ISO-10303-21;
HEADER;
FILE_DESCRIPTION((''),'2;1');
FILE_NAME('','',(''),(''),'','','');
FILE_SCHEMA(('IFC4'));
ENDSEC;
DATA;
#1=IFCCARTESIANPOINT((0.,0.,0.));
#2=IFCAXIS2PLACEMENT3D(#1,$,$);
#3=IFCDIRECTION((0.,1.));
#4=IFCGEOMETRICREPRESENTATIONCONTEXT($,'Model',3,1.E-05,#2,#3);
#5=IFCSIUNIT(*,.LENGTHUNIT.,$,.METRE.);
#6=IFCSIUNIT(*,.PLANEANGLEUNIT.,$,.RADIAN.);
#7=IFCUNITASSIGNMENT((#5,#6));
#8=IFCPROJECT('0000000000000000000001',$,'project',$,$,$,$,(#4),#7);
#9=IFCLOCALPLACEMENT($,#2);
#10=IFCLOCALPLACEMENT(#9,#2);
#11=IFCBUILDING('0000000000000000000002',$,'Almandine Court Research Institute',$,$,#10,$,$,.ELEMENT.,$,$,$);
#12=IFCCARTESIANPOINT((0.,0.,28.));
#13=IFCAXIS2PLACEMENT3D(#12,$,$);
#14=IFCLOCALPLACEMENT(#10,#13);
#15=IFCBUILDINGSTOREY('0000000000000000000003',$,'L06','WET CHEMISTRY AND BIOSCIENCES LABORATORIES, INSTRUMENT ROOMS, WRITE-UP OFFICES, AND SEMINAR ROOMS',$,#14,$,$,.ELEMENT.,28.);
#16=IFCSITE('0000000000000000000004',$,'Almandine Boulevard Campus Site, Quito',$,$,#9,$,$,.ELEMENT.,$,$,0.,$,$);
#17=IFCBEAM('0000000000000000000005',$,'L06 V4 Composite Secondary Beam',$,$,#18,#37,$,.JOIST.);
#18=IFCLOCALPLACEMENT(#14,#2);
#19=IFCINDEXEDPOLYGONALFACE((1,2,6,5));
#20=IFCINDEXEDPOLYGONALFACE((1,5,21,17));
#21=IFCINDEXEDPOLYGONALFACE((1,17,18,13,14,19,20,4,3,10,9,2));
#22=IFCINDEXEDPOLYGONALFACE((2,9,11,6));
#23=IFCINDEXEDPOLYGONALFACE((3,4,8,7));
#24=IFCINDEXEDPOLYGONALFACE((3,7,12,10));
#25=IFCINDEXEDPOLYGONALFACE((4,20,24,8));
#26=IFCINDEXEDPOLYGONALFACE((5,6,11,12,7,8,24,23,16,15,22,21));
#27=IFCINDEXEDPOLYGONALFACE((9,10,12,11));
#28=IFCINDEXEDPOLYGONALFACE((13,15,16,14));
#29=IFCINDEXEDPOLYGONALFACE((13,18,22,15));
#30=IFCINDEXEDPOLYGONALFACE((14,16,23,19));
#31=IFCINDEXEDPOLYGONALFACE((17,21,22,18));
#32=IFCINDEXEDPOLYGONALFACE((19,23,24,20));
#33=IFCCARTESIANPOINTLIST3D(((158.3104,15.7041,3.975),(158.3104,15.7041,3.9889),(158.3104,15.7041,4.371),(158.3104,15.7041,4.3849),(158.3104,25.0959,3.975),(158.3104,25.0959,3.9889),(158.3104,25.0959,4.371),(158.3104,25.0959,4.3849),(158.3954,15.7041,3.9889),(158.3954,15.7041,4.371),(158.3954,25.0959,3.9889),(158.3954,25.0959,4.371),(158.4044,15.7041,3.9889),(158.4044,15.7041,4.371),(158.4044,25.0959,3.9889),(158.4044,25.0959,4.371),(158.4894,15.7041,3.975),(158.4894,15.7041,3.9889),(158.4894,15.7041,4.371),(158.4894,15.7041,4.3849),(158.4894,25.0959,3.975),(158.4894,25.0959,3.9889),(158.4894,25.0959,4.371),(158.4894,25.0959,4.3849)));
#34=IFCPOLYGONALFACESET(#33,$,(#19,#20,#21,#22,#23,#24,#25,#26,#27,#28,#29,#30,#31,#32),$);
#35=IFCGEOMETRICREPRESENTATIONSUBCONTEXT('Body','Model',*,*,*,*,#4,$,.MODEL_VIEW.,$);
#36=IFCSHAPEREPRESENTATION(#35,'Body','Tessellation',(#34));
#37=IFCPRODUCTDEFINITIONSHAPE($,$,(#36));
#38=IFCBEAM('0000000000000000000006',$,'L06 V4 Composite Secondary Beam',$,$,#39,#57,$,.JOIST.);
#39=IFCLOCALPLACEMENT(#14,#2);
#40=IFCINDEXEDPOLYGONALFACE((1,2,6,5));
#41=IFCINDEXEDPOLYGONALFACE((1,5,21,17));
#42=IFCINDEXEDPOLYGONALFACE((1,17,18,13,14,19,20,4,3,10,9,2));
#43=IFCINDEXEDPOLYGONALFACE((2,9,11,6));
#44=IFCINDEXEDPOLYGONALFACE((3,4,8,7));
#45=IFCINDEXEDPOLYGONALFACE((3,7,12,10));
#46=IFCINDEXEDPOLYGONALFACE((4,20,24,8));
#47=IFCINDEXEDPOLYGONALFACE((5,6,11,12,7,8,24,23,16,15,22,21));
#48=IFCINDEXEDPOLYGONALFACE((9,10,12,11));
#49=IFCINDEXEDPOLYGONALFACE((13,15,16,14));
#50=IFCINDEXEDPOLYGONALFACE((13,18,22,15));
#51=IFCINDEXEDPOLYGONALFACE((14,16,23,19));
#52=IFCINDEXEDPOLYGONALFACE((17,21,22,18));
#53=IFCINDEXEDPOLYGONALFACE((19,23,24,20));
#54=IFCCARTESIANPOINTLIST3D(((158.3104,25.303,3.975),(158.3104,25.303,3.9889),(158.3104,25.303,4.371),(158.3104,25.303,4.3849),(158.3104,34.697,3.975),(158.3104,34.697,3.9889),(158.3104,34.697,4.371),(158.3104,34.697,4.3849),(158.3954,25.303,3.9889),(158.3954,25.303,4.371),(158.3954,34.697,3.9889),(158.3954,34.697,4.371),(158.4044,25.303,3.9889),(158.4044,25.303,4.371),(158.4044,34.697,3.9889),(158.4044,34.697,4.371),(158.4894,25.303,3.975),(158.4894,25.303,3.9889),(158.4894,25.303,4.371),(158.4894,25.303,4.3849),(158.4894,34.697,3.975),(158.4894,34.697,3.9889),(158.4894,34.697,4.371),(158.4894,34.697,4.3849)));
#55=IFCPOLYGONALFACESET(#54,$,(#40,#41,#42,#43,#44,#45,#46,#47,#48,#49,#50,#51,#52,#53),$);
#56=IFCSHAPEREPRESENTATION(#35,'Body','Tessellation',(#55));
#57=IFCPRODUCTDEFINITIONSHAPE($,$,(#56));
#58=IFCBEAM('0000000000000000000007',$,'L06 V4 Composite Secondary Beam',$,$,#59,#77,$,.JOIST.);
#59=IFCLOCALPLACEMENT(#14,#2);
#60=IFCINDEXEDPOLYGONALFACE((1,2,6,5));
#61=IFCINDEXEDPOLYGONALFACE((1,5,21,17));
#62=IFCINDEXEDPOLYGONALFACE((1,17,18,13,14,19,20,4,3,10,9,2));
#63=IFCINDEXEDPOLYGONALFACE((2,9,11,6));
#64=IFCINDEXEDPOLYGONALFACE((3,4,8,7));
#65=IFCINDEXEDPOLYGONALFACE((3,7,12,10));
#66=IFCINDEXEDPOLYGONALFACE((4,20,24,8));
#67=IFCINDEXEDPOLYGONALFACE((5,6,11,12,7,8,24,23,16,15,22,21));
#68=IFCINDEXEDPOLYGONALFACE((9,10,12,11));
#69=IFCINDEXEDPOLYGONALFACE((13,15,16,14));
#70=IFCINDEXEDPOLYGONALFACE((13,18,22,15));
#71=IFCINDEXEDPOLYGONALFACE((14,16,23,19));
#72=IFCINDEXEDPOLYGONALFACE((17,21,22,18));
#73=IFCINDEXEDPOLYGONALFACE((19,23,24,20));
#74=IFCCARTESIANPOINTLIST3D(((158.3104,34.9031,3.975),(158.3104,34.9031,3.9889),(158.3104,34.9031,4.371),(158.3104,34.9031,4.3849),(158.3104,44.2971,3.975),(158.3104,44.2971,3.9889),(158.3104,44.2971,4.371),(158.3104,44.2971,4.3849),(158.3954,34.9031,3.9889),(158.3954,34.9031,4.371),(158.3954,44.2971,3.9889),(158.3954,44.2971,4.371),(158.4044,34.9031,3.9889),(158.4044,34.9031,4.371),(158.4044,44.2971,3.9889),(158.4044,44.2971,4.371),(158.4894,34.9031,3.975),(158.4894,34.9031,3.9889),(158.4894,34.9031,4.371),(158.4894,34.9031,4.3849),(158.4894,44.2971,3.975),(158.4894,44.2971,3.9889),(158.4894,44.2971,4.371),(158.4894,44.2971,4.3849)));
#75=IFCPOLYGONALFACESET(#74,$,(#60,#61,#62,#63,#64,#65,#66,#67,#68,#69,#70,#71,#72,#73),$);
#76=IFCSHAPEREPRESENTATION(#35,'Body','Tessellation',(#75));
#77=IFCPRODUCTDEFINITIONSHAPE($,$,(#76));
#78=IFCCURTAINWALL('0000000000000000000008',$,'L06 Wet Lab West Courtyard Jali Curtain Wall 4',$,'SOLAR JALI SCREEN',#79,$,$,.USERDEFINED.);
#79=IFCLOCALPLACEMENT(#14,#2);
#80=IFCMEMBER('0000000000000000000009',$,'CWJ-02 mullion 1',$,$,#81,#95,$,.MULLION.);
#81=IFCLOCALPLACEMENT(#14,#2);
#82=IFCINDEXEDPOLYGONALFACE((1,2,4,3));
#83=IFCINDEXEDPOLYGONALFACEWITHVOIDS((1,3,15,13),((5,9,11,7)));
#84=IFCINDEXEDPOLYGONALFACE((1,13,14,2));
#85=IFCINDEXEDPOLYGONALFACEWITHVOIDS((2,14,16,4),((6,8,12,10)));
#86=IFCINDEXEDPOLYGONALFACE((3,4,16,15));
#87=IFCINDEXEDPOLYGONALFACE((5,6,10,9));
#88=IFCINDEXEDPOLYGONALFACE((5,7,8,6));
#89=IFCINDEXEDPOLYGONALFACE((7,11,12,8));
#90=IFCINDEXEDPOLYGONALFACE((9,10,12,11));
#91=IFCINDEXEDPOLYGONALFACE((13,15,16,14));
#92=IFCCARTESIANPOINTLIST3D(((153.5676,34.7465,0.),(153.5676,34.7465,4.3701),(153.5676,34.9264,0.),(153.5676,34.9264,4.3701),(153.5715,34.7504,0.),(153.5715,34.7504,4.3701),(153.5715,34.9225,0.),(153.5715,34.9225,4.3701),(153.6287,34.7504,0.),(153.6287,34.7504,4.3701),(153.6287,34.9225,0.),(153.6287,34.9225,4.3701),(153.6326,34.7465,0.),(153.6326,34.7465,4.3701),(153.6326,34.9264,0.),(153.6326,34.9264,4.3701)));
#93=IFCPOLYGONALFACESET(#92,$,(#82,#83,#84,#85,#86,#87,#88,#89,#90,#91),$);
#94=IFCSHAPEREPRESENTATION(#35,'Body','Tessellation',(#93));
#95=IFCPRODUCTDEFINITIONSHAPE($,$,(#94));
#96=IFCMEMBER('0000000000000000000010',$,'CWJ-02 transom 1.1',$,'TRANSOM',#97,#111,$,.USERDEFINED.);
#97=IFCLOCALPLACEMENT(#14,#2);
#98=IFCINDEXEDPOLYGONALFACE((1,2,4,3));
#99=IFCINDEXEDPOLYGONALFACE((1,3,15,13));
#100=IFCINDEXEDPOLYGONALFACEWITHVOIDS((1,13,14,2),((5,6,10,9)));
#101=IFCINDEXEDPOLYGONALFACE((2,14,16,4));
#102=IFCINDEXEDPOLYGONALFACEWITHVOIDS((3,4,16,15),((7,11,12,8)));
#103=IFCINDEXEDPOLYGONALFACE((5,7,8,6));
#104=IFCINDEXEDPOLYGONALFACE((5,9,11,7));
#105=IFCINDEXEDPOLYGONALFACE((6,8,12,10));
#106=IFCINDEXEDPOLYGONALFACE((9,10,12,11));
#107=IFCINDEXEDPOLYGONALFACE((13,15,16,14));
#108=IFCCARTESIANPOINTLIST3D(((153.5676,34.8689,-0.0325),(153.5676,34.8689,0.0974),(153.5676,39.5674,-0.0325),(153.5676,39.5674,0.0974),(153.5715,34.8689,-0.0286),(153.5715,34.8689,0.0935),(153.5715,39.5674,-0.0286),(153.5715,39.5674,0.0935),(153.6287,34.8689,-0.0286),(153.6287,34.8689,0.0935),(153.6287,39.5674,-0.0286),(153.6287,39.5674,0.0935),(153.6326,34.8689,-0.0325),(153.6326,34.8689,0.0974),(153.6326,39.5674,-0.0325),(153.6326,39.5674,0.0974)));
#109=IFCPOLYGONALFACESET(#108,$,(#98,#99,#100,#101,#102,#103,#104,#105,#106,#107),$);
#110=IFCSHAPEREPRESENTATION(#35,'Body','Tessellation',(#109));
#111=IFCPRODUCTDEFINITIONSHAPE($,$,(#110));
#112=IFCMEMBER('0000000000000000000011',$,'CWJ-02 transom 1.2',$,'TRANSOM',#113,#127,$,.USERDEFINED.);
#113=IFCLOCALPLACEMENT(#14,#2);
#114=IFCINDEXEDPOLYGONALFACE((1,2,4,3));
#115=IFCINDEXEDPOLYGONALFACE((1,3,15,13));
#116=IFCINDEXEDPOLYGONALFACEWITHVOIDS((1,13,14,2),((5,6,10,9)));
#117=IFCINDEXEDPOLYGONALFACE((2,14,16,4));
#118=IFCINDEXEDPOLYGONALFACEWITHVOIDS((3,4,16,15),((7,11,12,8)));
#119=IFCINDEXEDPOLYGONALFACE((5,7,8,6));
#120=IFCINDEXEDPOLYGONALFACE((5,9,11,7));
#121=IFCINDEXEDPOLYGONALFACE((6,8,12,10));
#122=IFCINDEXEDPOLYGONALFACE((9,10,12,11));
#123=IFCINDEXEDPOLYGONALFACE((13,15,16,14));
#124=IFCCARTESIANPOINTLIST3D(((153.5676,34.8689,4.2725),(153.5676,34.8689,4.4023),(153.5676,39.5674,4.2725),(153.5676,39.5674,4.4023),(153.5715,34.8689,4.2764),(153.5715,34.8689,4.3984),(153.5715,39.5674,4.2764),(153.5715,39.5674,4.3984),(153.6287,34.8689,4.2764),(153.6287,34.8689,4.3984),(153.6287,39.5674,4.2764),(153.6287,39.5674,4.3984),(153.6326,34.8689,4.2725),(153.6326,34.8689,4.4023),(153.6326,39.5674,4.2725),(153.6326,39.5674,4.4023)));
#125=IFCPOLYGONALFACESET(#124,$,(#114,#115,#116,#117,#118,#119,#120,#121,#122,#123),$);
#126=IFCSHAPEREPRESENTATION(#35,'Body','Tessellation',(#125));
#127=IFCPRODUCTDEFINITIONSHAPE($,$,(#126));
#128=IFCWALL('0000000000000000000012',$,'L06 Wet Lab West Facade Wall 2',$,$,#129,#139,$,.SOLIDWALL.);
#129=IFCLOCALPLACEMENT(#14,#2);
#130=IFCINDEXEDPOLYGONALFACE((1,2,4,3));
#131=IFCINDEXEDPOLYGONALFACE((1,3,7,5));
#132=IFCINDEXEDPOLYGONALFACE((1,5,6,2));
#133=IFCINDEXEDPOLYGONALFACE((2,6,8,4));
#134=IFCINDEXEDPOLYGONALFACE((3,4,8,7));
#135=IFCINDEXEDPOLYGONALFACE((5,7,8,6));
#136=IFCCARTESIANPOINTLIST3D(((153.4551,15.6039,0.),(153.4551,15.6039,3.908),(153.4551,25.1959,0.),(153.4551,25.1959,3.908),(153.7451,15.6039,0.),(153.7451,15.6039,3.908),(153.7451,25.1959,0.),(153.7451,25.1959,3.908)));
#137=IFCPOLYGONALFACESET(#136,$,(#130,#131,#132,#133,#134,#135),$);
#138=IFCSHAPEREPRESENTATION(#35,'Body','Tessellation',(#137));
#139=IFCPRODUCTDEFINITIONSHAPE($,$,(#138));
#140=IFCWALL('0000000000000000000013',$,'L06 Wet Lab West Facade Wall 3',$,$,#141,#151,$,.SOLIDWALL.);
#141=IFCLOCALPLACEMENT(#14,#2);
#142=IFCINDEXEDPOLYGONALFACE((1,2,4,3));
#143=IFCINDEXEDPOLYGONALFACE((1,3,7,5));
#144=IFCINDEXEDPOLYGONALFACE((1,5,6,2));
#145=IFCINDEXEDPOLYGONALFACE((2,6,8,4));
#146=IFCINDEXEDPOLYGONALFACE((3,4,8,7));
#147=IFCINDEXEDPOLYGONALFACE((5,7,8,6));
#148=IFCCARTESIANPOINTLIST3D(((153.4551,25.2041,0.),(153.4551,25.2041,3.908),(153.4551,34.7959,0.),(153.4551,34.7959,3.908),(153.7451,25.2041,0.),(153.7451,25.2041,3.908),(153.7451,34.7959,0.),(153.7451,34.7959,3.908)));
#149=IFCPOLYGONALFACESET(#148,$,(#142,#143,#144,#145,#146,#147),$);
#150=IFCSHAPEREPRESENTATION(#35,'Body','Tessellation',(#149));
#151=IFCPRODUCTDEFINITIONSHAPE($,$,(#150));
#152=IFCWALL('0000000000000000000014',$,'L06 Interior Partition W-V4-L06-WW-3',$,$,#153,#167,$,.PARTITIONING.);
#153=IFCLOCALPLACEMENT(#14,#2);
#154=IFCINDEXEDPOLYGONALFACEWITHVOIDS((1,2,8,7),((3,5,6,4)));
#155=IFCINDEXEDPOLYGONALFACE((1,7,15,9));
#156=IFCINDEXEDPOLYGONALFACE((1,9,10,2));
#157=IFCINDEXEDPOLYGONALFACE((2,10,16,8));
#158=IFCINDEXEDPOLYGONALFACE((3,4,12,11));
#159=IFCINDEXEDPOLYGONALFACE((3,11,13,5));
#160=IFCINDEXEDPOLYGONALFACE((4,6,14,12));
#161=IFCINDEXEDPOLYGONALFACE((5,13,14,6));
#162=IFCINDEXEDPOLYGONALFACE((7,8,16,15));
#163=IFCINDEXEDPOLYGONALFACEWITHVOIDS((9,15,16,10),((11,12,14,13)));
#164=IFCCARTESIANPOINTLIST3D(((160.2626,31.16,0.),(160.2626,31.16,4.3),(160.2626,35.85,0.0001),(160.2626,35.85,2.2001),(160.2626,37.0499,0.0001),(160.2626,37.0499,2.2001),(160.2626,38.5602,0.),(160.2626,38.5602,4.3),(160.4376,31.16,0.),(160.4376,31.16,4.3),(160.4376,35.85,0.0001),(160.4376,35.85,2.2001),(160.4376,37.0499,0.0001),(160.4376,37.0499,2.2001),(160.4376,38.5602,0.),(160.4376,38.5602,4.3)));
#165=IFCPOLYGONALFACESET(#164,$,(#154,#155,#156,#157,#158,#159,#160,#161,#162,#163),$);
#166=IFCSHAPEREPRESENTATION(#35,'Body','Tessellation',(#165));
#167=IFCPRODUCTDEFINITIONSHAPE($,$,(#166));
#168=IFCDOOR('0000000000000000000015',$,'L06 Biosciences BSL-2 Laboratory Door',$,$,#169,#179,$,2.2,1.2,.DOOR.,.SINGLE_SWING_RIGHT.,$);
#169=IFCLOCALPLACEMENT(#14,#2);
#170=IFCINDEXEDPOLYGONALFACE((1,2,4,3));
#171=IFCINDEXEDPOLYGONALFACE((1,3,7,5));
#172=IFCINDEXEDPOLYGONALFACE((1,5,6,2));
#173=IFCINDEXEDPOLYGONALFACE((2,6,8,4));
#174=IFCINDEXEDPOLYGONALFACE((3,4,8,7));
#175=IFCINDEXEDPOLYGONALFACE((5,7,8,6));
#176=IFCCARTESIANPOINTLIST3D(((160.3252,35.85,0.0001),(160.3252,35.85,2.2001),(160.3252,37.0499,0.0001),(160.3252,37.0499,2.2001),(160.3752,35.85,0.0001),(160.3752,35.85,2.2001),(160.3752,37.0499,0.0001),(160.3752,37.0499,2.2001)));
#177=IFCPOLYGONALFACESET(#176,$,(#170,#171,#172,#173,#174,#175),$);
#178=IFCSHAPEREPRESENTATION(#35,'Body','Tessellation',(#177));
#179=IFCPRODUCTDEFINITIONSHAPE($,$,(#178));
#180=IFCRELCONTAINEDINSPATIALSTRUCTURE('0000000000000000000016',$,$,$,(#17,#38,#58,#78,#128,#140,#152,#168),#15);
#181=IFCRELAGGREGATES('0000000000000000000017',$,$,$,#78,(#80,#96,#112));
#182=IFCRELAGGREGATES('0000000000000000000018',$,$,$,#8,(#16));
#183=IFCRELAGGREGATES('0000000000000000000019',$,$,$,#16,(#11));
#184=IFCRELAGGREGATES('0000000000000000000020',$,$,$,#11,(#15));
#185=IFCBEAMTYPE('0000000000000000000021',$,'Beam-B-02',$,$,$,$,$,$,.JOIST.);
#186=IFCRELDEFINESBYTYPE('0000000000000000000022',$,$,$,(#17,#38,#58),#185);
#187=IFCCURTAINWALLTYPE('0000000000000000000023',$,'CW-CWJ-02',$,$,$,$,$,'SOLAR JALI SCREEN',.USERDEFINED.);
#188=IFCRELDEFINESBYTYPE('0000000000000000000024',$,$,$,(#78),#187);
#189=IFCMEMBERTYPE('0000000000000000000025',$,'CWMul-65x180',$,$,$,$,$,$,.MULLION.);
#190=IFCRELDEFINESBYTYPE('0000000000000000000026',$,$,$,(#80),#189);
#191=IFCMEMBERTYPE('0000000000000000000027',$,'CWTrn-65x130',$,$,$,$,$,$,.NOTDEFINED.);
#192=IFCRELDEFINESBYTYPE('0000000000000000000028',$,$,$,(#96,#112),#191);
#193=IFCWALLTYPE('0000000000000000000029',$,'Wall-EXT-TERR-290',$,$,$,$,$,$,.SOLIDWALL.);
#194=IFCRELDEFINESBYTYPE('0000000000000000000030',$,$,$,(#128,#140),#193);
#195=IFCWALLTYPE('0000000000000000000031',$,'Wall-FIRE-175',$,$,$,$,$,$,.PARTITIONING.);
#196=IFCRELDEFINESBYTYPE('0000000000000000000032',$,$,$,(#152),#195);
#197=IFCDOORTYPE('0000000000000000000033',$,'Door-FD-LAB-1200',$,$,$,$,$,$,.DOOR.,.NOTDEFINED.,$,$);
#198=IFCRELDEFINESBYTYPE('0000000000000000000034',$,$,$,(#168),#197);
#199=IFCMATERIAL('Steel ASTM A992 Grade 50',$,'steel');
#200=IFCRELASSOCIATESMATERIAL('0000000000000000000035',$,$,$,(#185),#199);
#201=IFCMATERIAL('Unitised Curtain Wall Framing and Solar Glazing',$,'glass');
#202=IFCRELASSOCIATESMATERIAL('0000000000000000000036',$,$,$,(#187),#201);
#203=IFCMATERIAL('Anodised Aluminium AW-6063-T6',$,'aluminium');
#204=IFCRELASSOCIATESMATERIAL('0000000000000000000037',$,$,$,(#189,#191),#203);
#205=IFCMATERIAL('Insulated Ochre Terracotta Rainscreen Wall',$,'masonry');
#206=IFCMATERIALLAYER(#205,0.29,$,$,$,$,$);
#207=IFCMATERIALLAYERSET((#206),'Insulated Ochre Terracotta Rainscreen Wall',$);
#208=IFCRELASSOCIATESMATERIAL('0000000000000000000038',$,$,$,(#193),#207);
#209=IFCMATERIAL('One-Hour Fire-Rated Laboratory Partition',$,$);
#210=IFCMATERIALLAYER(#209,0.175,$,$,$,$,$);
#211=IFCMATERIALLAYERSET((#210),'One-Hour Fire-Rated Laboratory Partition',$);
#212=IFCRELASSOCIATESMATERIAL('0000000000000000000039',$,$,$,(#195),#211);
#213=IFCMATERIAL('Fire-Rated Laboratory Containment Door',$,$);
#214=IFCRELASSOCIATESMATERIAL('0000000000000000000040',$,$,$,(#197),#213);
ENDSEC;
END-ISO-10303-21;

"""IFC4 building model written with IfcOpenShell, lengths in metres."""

from ifc_helpers import new_model, si_unit, direction, frame, frame_2d, origin, origin_2d, place, context, subcontext, project, spatial, rectangle, hollow_rectangle, i_section, extrude, material, layer, layer_set, material_profile, profile_set, type_object, element, fill, aggregate, save


model = new_model("IFC4")

# Units and contexts
model_context = context("Model", 3, precision=1e-05, world=origin(), true_north=direction((0.0, 1.0)))
body_context = subcontext(model_context, "Body", "Model", "MODEL_VIEW")
ifc_project = project(units=[si_unit("LENGTHUNIT", "METRE"), si_unit("PLANEANGLEUNIT", "RADIAN")], contexts=[model_context])

# Site, building, storey
site_placement = place(None, origin())
site = spatial("IfcSite", under=ifc_project, at=site_placement, Name="Almandine Boulevard Campus Site, Quito", CompositionType="ELEMENT", RefElevation=0.0)
building_placement = place(site_placement, origin())
building = spatial("IfcBuilding", under=site, at=building_placement, Name="Almandine Court Research Institute", CompositionType="ELEMENT")
storey_placement = place(building_placement, frame((0.0, 0.0, 28.0)))
storey = spatial("IfcBuildingStorey", under=building, at=storey_placement, Name="L06", Description="WET CHEMISTRY AND BIOSCIENCES LABORATORIES, INSTRUMENT ROOMS, WRITE-UP OFFICES, AND SEMINAR ROOMS", CompositionType="ELEMENT", Elevation=28.0)

# Beams
ifc_material_1 = material(Name="Steel ASTM A992 Grade 50", Category="steel")
ifc_material_profile_1 = material_profile(ifc_material_1, i_section(OverallWidth=0.179, OverallDepth=0.4099, WebThickness=0.009, FlangeThickness=0.0139, at=origin_2d()), Name="W410x67")
ifc_profile_set_1 = profile_set([ifc_material_profile_1], Name="Steel ASTM A992 Grade 50")
beam_type = type_object("IfcBeamType", Name="Beam-B-02", PredefinedType="JOIST", material=ifc_profile_set_1)
beam_placement = place(storey_placement, frame((158.3999, 15.7041, 4.1799), z_axis=(0.0, 1.0, 0.0), x_axis=(-1.0, 0.0, 0.0)))
element("IfcBeam", 1, at=beam_placement, inside=storey, type_object=beam_type, Name="L06 V4 Composite Secondary Beam", PredefinedType="JOIST", context=body_context, shape_type="SweptSolid", body=[
    extrude(i_section(OverallWidth=0.179, OverallDepth=0.4099, WebThickness=0.009, FlangeThickness=0.0139, at=origin_2d()), origin(), (0.0, 0.0, 1.0), 9.3918),
])
for number, where, z_axis, x_axis, name in (
    (2, (158.3999, 25.303, 4.1799), (0.0, 1.0, 0.0), (-1.0, 0.0, 0.0), "L06 V4 Composite Secondary Beam"),
    (3, (158.3999, 34.9031, 4.1799), (0.0, 1.0, 0.0), (-1.0, 0.0, 0.0), "L06 V4 Composite Secondary Beam"),
):
    element("IfcBeam", number, at=place(storey_placement, frame(where, z_axis=z_axis, x_axis=x_axis)), inside=storey, type_object=beam_type, Name=name, PredefinedType="JOIST", context=body_context, shape_type="SweptSolid", body=[
        extrude(i_section(OverallWidth=0.179, OverallDepth=0.4099, WebThickness=0.009, FlangeThickness=0.0139, at=origin_2d()), origin(), (0.0, 0.0, 1.0), 9.394),
    ])

# Curtain wall, members
ifc_material_2 = material(Name="Unitised Curtain Wall Framing and Solar Glazing", Category="glass")
curtain_wall_type = type_object("IfcCurtainWallType", Name="CW-CWJ-02", ElementType="SOLAR JALI SCREEN", PredefinedType="USERDEFINED", material=ifc_material_2)
curtain_wall_placement = place(storey_placement, origin())
curtain_wall = element("IfcCurtainWall", 4, at=curtain_wall_placement, inside=storey, type_object=curtain_wall_type, Name="L06 Wet Lab West Courtyard Jali Curtain Wall 4", ObjectType="SOLAR JALI SCREEN", PredefinedType="USERDEFINED")
ifc_material_3 = material(Name="Anodised Aluminium AW-6063-T6", Category="aluminium")
ifc_material_profile_2 = material_profile(ifc_material_3, hollow_rectangle(XDim=0.0649, YDim=0.1799, WallThickness=0.0039, at=origin_2d()), Name="ALU RHS 65x180x4")
ifc_profile_set_2 = profile_set([ifc_material_profile_2], Name="Anodised Aluminium AW-6063-T6")
member_type_1 = type_object("IfcMemberType", Name="CWMul-65x180", PredefinedType="MULLION", material=ifc_profile_set_2)
member_1_placement = place(storey_placement, frame((153.6001, 34.8364, 0.0), z_axis=(0.0, 0.0, 1.0), x_axis=(-1.0, 0.0, 0.0)))
member_1 = element("IfcMember", 5, at=member_1_placement, type_object=member_type_1, Name="CWJ-02 mullion 1", PredefinedType="MULLION", context=body_context, shape_type="SweptSolid", body=[
    extrude(hollow_rectangle(XDim=0.0649, YDim=0.1799, WallThickness=0.0039, at=origin_2d()), origin(), (0.0, 0.0, 1.0), 4.3701),
])
ifc_material_profile_3 = material_profile(ifc_material_3, hollow_rectangle(XDim=0.0649, YDim=0.1299, WallThickness=0.0039, at=origin_2d()), Name="ALU RHS 65x130x4")
ifc_profile_set_3 = profile_set([ifc_material_profile_3], Name="Anodised Aluminium AW-6063-T6")
member_type_2 = type_object("IfcMemberType", Name="CWTrn-65x130", PredefinedType="NOTDEFINED", material=ifc_profile_set_3)
member_2_placement = place(storey_placement, frame((153.6001, 34.8689, 0.0325), z_axis=(0.0, 1.0, 0.0), x_axis=(-1.0, 0.0, 0.0)))
member_2 = element("IfcMember", 6, at=member_2_placement, type_object=member_type_2, Name="CWJ-02 transom 1.1", ObjectType="TRANSOM", PredefinedType="USERDEFINED", context=body_context, shape_type="SweptSolid", body=[
    extrude(hollow_rectangle(XDim=0.0649, YDim=0.1299, WallThickness=0.0039, at=origin_2d()), origin(), (0.0, 0.0, 1.0), 4.6985),
])
member_3_placement = place(storey_placement, frame((153.6001, 34.8689, 4.3374), z_axis=(0.0, 1.0, 0.0), x_axis=(-1.0, 0.0, 0.0)))
member_3 = element("IfcMember", 7, at=member_3_placement, type_object=member_type_2, Name="CWJ-02 transom 1.2", ObjectType="TRANSOM", PredefinedType="USERDEFINED", context=body_context, shape_type="SweptSolid", body=[
    extrude(hollow_rectangle(XDim=0.0649, YDim=0.1299, WallThickness=0.0039, at=origin_2d()), origin(), (0.0, 0.0, 1.0), 4.6985),
])
aggregate(curtain_wall, [member_1, member_2, member_3])

# Walls
ifc_material_4 = material(Name="Insulated Ochre Terracotta Rainscreen Wall", Category="masonry")
ifc_layer_1 = layer(ifc_material_4, 0.29)
ifc_layer_set_1 = layer_set([ifc_layer_1], Name="Insulated Ochre Terracotta Rainscreen Wall")
wall_type_1 = type_object("IfcWallType", Name="Wall-EXT-TERR-290", PredefinedType="SOLIDWALL", material=ifc_layer_set_1)
wall_1_placement = place(storey_placement, frame((153.6001, 15.604, 0.0), z_axis=(0.0, 0.0, 1.0), x_axis=(0.0, 1.0, 0.0)))
element("IfcWall", 8, at=wall_1_placement, inside=storey, type_object=wall_type_1, Name="L06 Wet Lab West Facade Wall 2", PredefinedType="SOLIDWALL", context=body_context, shape_type="SweptSolid", body=[
    extrude(rectangle(XDim=9.592, YDim=0.29, at=frame_2d((4.7959, 0.0))), origin(), (0.0, 0.0, 1.0), 3.908),
])
wall_2_placement = place(storey_placement, frame((153.6001, 25.2041, 0.0), z_axis=(0.0, 0.0, 1.0), x_axis=(0.0, 1.0, 0.0)))
element("IfcWall", 9, at=wall_2_placement, inside=storey, type_object=wall_type_1, Name="L06 Wet Lab West Facade Wall 3", PredefinedType="SOLIDWALL", context=body_context, shape_type="SweptSolid", body=[
    extrude(rectangle(XDim=9.5918, YDim=0.29, at=frame_2d((4.7959, 0.0))), origin(), (0.0, 0.0, 1.0), 3.908),
])

# Wall, opening, door
ifc_material_5 = material(Name="One-Hour Fire-Rated Laboratory Partition")
ifc_layer_2 = layer(ifc_material_5, 0.175)
ifc_layer_set_2 = layer_set([ifc_layer_2], Name="One-Hour Fire-Rated Laboratory Partition")
wall_type_2 = type_object("IfcWallType", Name="Wall-FIRE-175", PredefinedType="PARTITIONING", material=ifc_layer_set_2)
wall_3_placement = place(storey_placement, frame((160.3501, 31.1599, 0.0), z_axis=(0.0, 0.0, 1.0), x_axis=(0.0, 1.0, 0.0)))
wall_3 = element("IfcWall", 10, at=wall_3_placement, inside=storey, type_object=wall_type_2, Name="L06 Interior Partition W-V4-L06-WW-3", PredefinedType="PARTITIONING", context=body_context, shape_type="SweptSolid", body=[
    extrude(rectangle(XDim=7.4001, YDim=0.175, at=frame_2d((3.7002, 0.0))), origin(), (0.0, 0.0, 1.0), 4.3),
])
opening_1_placement = place(wall_3_placement, frame((4.6899, 0.0, 0.0)))
opening_1 = element("IfcOpeningElement", 11, at=opening_1_placement, cuts=wall_3, PredefinedType="OPENING", context=body_context, shape_type="SweptSolid", body=[
    extrude(rectangle(XDim=1.2, YDim=2.2, at=frame_2d((0.6001, 1.1001))), frame((0.0, 0.0974, 0.0), z_axis=(0.0, -1.0, 0.0), x_axis=(1.0, 0.0, 0.0)), (0.0, 0.0, 1.0), 0.1951),
])
ifc_material_6 = material(Name="Fire-Rated Laboratory Containment Door")
door_type_1 = type_object("IfcDoorType", Name="Door-FD-LAB-1200", OperationType="NOTDEFINED", PredefinedType="DOOR", material=ifc_material_6)
door_1_placement = place(opening_1_placement, origin())
door_1 = element("IfcDoor", 12, at=door_1_placement, inside=storey, type_object=door_type_1, Name="L06 Biosciences BSL-2 Laboratory Door", OperationType="SINGLE_SWING_RIGHT", OverallHeight=2.2, OverallWidth=1.2, PredefinedType="DOOR", context=body_context, shape_type="SweptSolid", body=[
    extrude(rectangle(XDim=1.2, YDim=2.2, at=frame_2d((0.6001, 1.1001))), frame((0.0, 0.0249, 0.0), z_axis=(0.0, -1.0, 0.0), x_axis=(1.0, 0.0, 0.0)), (0.0, 0.0, 1.0), 0.05),
])
fill(opening_1, door_1)

save(model, "model.ifc")
